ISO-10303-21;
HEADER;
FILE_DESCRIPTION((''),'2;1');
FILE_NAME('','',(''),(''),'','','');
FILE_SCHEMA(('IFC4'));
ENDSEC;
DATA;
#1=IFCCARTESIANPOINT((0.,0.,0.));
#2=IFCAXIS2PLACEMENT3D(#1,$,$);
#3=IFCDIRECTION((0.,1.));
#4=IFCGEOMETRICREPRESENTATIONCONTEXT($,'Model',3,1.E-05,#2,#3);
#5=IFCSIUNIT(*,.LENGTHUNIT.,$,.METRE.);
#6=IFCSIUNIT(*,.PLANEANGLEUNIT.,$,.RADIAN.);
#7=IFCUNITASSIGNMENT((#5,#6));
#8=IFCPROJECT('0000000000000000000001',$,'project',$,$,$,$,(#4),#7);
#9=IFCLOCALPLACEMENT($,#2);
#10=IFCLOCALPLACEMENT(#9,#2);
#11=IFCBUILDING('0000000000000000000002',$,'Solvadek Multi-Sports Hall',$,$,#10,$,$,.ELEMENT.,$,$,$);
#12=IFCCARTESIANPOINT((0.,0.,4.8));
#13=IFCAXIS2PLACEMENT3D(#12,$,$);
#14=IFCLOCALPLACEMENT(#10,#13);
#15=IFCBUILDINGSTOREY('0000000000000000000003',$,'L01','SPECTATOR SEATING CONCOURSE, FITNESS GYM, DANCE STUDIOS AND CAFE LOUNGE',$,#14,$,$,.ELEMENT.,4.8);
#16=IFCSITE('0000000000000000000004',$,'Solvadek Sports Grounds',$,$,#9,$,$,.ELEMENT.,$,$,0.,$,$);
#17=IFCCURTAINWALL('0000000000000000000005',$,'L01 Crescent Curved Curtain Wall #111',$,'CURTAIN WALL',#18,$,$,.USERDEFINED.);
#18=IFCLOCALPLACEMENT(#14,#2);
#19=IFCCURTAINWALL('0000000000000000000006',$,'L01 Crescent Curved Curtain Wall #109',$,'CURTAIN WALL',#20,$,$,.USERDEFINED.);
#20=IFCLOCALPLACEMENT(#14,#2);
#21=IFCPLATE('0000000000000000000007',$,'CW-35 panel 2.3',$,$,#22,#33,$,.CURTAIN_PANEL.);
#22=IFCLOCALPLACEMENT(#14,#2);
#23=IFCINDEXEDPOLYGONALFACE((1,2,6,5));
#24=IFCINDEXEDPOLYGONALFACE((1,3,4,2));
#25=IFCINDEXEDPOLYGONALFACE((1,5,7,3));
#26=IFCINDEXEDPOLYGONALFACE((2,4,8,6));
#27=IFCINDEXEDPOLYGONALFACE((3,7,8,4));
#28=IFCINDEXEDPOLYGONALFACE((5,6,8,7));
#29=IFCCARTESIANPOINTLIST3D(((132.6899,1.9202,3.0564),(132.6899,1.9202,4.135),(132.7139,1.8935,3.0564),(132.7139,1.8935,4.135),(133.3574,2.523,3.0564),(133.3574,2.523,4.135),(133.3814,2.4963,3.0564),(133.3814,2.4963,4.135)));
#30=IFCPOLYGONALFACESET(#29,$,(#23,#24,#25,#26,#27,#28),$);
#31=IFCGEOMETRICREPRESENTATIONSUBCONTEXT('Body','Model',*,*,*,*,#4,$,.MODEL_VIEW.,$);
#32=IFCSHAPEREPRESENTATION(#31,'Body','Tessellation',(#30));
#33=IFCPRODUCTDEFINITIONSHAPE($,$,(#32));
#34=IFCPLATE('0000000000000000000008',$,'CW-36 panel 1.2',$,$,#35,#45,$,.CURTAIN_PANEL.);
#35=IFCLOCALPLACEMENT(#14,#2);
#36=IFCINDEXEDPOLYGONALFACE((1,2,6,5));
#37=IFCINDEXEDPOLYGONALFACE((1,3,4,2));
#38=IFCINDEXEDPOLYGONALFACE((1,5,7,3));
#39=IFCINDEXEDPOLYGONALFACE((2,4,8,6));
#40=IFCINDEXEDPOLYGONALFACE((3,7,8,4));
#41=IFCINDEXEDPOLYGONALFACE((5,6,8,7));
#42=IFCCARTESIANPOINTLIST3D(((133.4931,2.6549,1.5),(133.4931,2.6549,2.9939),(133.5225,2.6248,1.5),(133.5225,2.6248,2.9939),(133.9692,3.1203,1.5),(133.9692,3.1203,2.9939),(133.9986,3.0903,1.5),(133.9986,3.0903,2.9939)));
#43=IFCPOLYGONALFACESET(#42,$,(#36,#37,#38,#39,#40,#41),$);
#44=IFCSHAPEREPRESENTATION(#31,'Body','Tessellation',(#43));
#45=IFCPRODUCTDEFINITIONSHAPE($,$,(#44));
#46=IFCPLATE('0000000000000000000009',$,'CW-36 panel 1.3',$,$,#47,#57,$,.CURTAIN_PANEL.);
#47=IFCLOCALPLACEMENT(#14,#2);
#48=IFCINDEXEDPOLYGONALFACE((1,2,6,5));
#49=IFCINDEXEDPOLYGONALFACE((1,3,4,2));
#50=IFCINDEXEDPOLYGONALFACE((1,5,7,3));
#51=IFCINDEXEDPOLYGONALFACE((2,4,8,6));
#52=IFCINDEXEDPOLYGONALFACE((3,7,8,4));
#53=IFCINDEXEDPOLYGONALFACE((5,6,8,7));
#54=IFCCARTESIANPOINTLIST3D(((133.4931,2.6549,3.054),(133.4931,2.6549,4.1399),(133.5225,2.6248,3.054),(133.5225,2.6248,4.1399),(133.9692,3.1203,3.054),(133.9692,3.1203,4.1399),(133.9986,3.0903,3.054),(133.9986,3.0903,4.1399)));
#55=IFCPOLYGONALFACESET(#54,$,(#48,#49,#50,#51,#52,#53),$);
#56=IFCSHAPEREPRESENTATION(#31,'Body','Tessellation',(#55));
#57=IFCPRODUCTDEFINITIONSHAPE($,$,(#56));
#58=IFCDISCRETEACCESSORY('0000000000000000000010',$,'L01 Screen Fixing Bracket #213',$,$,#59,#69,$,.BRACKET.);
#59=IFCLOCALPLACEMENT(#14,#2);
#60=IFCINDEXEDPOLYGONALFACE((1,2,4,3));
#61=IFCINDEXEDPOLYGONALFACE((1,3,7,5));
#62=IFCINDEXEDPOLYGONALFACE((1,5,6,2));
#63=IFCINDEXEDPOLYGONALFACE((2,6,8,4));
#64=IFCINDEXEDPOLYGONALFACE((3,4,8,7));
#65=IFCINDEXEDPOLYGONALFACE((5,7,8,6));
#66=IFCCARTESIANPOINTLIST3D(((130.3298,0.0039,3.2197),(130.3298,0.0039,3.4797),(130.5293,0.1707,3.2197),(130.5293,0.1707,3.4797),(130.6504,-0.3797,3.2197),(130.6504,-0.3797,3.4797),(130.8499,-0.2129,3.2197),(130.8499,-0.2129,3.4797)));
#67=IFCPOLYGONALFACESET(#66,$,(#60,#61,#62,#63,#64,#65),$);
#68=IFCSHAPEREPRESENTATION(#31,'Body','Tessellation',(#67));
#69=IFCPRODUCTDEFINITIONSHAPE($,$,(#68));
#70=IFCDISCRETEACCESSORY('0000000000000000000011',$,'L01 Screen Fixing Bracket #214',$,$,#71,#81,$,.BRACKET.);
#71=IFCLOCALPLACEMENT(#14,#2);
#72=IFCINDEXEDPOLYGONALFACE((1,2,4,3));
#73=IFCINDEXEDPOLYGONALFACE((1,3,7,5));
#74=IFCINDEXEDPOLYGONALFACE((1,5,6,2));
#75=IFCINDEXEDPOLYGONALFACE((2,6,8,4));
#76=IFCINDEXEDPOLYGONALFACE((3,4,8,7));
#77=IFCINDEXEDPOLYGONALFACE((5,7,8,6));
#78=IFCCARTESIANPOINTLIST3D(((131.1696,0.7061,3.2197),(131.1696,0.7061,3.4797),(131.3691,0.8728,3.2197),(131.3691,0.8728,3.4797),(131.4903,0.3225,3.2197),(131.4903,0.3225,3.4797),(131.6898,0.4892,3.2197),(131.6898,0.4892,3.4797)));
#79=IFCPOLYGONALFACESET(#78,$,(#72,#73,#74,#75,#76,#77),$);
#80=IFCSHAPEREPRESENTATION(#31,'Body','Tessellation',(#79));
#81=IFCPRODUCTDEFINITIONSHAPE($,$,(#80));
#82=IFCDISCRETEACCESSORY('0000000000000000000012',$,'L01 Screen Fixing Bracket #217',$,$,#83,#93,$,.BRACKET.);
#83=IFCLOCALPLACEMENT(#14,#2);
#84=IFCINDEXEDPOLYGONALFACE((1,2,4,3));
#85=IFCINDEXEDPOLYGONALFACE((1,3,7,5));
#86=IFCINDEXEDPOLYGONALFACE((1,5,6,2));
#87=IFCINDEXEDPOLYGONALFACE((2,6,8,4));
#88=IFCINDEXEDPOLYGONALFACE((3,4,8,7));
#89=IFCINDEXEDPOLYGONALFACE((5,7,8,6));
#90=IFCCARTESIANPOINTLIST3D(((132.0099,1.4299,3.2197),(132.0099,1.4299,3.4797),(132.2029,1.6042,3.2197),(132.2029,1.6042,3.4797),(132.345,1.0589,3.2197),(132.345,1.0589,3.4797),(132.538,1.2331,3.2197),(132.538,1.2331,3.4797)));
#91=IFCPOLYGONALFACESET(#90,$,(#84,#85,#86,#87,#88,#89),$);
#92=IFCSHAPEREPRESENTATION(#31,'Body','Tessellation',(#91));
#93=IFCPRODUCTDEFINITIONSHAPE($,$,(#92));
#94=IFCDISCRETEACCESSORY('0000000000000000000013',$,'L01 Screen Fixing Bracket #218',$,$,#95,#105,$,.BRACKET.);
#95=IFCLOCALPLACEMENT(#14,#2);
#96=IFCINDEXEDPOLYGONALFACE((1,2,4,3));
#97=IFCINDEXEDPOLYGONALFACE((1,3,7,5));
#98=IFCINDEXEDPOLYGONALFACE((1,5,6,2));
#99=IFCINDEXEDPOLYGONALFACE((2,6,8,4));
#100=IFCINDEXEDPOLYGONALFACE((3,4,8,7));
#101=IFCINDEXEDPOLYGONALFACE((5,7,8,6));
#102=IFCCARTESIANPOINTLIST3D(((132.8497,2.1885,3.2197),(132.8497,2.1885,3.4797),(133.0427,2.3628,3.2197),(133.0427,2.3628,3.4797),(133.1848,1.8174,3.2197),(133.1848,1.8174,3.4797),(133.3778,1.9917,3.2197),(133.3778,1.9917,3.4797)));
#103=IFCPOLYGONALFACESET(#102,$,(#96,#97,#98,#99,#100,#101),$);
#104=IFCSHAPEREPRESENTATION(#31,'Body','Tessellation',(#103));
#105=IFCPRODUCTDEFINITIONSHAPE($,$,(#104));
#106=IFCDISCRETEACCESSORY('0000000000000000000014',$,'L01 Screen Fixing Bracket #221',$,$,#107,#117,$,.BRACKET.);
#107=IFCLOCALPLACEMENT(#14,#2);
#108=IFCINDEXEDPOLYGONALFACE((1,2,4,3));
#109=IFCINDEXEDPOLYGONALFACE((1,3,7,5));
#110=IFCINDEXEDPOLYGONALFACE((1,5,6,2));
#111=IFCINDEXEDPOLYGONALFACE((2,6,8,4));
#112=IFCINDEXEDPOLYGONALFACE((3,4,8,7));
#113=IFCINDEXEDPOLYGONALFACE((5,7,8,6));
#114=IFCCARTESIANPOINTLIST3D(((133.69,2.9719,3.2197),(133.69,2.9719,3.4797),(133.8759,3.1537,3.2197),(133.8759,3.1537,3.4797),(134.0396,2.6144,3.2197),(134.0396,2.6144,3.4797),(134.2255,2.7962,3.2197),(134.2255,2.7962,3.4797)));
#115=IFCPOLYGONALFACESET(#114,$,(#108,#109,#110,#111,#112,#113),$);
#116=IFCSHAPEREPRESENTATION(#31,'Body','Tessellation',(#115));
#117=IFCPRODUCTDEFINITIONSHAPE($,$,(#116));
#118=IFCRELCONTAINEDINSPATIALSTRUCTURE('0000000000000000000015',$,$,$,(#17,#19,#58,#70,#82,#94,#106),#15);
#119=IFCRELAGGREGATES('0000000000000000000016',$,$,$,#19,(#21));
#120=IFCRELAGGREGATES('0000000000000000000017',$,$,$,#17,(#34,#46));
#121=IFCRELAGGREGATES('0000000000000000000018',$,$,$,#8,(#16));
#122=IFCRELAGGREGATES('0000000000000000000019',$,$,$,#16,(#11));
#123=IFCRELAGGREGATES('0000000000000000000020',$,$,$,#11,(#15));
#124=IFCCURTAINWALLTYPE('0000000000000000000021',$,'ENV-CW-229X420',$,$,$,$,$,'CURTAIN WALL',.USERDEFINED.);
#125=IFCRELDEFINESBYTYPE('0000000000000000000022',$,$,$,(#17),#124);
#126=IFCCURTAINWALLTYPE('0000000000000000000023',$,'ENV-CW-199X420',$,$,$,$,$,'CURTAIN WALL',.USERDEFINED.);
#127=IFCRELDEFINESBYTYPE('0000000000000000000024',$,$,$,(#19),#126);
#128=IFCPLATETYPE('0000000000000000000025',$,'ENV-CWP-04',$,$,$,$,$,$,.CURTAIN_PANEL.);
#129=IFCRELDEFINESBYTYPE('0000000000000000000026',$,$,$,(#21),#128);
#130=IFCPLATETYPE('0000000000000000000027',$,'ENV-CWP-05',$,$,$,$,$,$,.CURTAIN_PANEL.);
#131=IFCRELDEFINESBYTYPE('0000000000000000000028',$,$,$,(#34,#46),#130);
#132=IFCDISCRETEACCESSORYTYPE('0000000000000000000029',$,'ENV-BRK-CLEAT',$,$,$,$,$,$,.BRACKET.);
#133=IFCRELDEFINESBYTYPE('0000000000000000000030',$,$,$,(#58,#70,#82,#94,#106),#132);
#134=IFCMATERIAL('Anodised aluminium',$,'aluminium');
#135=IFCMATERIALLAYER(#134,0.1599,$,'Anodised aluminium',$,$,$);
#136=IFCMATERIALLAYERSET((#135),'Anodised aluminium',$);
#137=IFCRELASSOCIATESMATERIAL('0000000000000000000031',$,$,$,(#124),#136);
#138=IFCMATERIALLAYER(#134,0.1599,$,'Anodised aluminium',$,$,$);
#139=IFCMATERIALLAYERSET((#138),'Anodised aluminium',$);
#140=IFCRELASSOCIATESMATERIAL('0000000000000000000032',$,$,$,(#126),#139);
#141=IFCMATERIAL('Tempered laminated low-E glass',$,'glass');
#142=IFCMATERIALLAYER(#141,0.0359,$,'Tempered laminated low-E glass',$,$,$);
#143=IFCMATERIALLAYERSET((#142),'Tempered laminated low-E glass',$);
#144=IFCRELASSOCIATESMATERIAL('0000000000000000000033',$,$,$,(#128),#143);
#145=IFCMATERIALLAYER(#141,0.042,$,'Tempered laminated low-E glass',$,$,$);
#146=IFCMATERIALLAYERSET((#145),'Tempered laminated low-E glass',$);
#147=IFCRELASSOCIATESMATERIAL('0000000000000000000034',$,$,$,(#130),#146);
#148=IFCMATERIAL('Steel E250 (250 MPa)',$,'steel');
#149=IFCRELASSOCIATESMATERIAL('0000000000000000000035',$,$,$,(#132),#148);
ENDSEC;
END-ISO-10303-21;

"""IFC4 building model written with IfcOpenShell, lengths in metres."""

from ifc_helpers import new_model, si_unit, direction, frame, origin, origin_2d, place, context, subcontext, project, spatial, rectangle, extrude, material, layer, layer_set, type_object, element, aggregate, save


model = new_model("IFC4")

# Units and contexts
model_context = context("Model", 3, precision=1e-05, world=origin(), true_north=direction((0.0, 1.0)))
body_context = subcontext(model_context, "Body", "Model", "MODEL_VIEW")
ifc_project = project(units=[si_unit("LENGTHUNIT", "METRE"), si_unit("PLANEANGLEUNIT", "RADIAN")], contexts=[model_context])

# Site, building, storey
site_placement = place(None, origin())
site = spatial("IfcSite", under=ifc_project, at=site_placement, Name="Solvadek Sports Grounds", CompositionType="ELEMENT", RefElevation=0.0)
building_placement = place(site_placement, origin())
building = spatial("IfcBuilding", under=site, at=building_placement, Name="Solvadek Multi-Sports Hall", CompositionType="ELEMENT")
storey_placement = place(building_placement, frame((0.0, 0.0, 4.8)))
storey = spatial("IfcBuildingStorey", under=building, at=storey_placement, Name="L01", Description="SPECTATOR SEATING CONCOURSE, FITNESS GYM, DANCE STUDIOS AND CAFE LOUNGE", CompositionType="ELEMENT", Elevation=4.8)

# Curtain walls
ifc_material_1 = material(Name="Anodised aluminium", Category="aluminium")
ifc_layer_1 = layer(ifc_material_1, 0.1599, Name="Anodised aluminium")
ifc_layer_set_1 = layer_set([ifc_layer_1], Name="Anodised aluminium")
curtain_wall_type_1 = type_object("IfcCurtainWallType", Name="ENV-CW-229X420", ElementType="CURTAIN WALL", PredefinedType="USERDEFINED", material=ifc_layer_set_1)
curtain_wall_1_placement = place(storey_placement, origin())
curtain_wall_1 = element("IfcCurtainWall", 1, at=curtain_wall_1_placement, inside=storey, type_object=curtain_wall_type_1, Name="L01 Crescent Curved Curtain Wall #111", ObjectType="CURTAIN WALL", PredefinedType="USERDEFINED")
ifc_layer_2 = layer(ifc_material_1, 0.1599, Name="Anodised aluminium")
ifc_layer_set_2 = layer_set([ifc_layer_2], Name="Anodised aluminium")
curtain_wall_type_2 = type_object("IfcCurtainWallType", Name="ENV-CW-199X420", ElementType="CURTAIN WALL", PredefinedType="USERDEFINED", material=ifc_layer_set_2)
curtain_wall_2_placement = place(storey_placement, origin())
curtain_wall_2 = element("IfcCurtainWall", 2, at=curtain_wall_2_placement, inside=storey, type_object=curtain_wall_type_2, Name="L01 Crescent Curved Curtain Wall #109", ObjectType="CURTAIN WALL", PredefinedType="USERDEFINED")

# Shared definitions
ifc_material_2 = material(Name="Steel E250 (250 MPa)", Category="steel")

# Plates
ifc_material_3 = material(Name="Tempered laminated low-E glass", Category="glass")
ifc_layer_3 = layer(ifc_material_3, 0.0359, Name="Tempered laminated low-E glass")
ifc_layer_set_3 = layer_set([ifc_layer_3], Name="Tempered laminated low-E glass")
plate_type_1 = type_object("IfcPlateType", Name="ENV-CWP-04", PredefinedType="CURTAIN_PANEL", material=ifc_layer_set_3)
plate_1_placement = place(storey_placement, frame((133.0356, 2.2083, 3.0564), z_axis=(0.0, 0.0, 1.0), x_axis=(0.742156, 0.670227, 0.0)))
plate_1 = element("IfcPlate", 3, at=plate_1_placement, type_object=plate_type_1, Name="CW-35 panel 2.3", PredefinedType="CURTAIN_PANEL", context=body_context, shape_type="SweptSolid", body=[
    extrude(rectangle(XDim=0.8994, YDim=0.0359, at=origin_2d()), origin(), (0.0, 0.0, 1.0), 1.0786),
])
aggregate(curtain_wall_2, [plate_1])
ifc_layer_4 = layer(ifc_material_3, 0.042, Name="Tempered laminated low-E glass")
ifc_layer_set_4 = layer_set([ifc_layer_4], Name="Tempered laminated low-E glass")
plate_type_2 = type_object("IfcPlateType", Name="ENV-CWP-05", PredefinedType="CURTAIN_PANEL", material=ifc_layer_set_4)
plate_2_placement = place(storey_placement, frame((133.7458, 2.8726, 1.5), z_axis=(0.0, 0.0, 1.0), x_axis=(0.715032, 0.699091, 0.0)))
plate_2 = element("IfcPlate", 4, at=plate_2_placement, type_object=plate_type_2, Name="CW-36 panel 1.2", PredefinedType="CURTAIN_PANEL", context=body_context, shape_type="SweptSolid", body=[
    extrude(rectangle(XDim=0.6658, YDim=0.042, at=origin_2d()), origin(), (0.0, 0.0, 1.0), 1.4939),
])
plate_3_placement = place(storey_placement, frame((133.7458, 2.8726, 3.054), z_axis=(0.0, 0.0, 1.0), x_axis=(0.715032, 0.699091, 0.0)))
plate_3 = element("IfcPlate", 5, at=plate_3_placement, type_object=plate_type_2, Name="CW-36 panel 1.3", PredefinedType="CURTAIN_PANEL", context=body_context, shape_type="SweptSolid", body=[
    extrude(rectangle(XDim=0.6658, YDim=0.042, at=origin_2d()), origin(), (0.0, 0.0, 1.0), 1.0859),
])
aggregate(curtain_wall_1, [plate_2, plate_3])

# Discrete accessories
discrete_accessory_type = type_object("IfcDiscreteAccessoryType", Name="ENV-BRK-CLEAT", PredefinedType="BRACKET", material=ifc_material_2)
for number, where, z_axis, x_axis, name in (
    (6, (130.5898, -0.1045, 3.2197), (0.0, 0.0, 1.0), (0.767255, 0.641343, 0.0), "L01 Screen Fixing Bracket #213"),
    (7, (131.4297, 0.5977, 3.2197), (0.0, 0.0, 1.0), (0.767255, 0.641343, 0.0), "L01 Screen Fixing Bracket #214"),
    (8, (132.2739, 1.3315, 3.2197), (0.0, 0.0, 1.0), (0.742151, 0.670233, 0.0), "L01 Screen Fixing Bracket #217"),
    (9, (133.1138, 2.0901, 3.2197), (0.0, 0.0, 1.0), (0.742151, 0.670233, 0.0), "L01 Screen Fixing Bracket #218"),
    (10, (133.9578, 2.884, 3.2197), (0.0, 0.0, 1.0), (0.715, 0.699125, 0.0), "L01 Screen Fixing Bracket #221"),
):
    element("IfcDiscreteAccessory", number, at=place(storey_placement, frame(where, z_axis=z_axis, x_axis=x_axis)), inside=storey, type_object=discrete_accessory_type, Name=name, PredefinedType="BRACKET", context=body_context, shape_type="SweptSolid", body=[
        extrude(rectangle(XDim=0.26, YDim=0.5, at=origin_2d()), origin(), (0.0, 0.0, 1.0), 0.26),
    ])

save(model, "model.ifc")
